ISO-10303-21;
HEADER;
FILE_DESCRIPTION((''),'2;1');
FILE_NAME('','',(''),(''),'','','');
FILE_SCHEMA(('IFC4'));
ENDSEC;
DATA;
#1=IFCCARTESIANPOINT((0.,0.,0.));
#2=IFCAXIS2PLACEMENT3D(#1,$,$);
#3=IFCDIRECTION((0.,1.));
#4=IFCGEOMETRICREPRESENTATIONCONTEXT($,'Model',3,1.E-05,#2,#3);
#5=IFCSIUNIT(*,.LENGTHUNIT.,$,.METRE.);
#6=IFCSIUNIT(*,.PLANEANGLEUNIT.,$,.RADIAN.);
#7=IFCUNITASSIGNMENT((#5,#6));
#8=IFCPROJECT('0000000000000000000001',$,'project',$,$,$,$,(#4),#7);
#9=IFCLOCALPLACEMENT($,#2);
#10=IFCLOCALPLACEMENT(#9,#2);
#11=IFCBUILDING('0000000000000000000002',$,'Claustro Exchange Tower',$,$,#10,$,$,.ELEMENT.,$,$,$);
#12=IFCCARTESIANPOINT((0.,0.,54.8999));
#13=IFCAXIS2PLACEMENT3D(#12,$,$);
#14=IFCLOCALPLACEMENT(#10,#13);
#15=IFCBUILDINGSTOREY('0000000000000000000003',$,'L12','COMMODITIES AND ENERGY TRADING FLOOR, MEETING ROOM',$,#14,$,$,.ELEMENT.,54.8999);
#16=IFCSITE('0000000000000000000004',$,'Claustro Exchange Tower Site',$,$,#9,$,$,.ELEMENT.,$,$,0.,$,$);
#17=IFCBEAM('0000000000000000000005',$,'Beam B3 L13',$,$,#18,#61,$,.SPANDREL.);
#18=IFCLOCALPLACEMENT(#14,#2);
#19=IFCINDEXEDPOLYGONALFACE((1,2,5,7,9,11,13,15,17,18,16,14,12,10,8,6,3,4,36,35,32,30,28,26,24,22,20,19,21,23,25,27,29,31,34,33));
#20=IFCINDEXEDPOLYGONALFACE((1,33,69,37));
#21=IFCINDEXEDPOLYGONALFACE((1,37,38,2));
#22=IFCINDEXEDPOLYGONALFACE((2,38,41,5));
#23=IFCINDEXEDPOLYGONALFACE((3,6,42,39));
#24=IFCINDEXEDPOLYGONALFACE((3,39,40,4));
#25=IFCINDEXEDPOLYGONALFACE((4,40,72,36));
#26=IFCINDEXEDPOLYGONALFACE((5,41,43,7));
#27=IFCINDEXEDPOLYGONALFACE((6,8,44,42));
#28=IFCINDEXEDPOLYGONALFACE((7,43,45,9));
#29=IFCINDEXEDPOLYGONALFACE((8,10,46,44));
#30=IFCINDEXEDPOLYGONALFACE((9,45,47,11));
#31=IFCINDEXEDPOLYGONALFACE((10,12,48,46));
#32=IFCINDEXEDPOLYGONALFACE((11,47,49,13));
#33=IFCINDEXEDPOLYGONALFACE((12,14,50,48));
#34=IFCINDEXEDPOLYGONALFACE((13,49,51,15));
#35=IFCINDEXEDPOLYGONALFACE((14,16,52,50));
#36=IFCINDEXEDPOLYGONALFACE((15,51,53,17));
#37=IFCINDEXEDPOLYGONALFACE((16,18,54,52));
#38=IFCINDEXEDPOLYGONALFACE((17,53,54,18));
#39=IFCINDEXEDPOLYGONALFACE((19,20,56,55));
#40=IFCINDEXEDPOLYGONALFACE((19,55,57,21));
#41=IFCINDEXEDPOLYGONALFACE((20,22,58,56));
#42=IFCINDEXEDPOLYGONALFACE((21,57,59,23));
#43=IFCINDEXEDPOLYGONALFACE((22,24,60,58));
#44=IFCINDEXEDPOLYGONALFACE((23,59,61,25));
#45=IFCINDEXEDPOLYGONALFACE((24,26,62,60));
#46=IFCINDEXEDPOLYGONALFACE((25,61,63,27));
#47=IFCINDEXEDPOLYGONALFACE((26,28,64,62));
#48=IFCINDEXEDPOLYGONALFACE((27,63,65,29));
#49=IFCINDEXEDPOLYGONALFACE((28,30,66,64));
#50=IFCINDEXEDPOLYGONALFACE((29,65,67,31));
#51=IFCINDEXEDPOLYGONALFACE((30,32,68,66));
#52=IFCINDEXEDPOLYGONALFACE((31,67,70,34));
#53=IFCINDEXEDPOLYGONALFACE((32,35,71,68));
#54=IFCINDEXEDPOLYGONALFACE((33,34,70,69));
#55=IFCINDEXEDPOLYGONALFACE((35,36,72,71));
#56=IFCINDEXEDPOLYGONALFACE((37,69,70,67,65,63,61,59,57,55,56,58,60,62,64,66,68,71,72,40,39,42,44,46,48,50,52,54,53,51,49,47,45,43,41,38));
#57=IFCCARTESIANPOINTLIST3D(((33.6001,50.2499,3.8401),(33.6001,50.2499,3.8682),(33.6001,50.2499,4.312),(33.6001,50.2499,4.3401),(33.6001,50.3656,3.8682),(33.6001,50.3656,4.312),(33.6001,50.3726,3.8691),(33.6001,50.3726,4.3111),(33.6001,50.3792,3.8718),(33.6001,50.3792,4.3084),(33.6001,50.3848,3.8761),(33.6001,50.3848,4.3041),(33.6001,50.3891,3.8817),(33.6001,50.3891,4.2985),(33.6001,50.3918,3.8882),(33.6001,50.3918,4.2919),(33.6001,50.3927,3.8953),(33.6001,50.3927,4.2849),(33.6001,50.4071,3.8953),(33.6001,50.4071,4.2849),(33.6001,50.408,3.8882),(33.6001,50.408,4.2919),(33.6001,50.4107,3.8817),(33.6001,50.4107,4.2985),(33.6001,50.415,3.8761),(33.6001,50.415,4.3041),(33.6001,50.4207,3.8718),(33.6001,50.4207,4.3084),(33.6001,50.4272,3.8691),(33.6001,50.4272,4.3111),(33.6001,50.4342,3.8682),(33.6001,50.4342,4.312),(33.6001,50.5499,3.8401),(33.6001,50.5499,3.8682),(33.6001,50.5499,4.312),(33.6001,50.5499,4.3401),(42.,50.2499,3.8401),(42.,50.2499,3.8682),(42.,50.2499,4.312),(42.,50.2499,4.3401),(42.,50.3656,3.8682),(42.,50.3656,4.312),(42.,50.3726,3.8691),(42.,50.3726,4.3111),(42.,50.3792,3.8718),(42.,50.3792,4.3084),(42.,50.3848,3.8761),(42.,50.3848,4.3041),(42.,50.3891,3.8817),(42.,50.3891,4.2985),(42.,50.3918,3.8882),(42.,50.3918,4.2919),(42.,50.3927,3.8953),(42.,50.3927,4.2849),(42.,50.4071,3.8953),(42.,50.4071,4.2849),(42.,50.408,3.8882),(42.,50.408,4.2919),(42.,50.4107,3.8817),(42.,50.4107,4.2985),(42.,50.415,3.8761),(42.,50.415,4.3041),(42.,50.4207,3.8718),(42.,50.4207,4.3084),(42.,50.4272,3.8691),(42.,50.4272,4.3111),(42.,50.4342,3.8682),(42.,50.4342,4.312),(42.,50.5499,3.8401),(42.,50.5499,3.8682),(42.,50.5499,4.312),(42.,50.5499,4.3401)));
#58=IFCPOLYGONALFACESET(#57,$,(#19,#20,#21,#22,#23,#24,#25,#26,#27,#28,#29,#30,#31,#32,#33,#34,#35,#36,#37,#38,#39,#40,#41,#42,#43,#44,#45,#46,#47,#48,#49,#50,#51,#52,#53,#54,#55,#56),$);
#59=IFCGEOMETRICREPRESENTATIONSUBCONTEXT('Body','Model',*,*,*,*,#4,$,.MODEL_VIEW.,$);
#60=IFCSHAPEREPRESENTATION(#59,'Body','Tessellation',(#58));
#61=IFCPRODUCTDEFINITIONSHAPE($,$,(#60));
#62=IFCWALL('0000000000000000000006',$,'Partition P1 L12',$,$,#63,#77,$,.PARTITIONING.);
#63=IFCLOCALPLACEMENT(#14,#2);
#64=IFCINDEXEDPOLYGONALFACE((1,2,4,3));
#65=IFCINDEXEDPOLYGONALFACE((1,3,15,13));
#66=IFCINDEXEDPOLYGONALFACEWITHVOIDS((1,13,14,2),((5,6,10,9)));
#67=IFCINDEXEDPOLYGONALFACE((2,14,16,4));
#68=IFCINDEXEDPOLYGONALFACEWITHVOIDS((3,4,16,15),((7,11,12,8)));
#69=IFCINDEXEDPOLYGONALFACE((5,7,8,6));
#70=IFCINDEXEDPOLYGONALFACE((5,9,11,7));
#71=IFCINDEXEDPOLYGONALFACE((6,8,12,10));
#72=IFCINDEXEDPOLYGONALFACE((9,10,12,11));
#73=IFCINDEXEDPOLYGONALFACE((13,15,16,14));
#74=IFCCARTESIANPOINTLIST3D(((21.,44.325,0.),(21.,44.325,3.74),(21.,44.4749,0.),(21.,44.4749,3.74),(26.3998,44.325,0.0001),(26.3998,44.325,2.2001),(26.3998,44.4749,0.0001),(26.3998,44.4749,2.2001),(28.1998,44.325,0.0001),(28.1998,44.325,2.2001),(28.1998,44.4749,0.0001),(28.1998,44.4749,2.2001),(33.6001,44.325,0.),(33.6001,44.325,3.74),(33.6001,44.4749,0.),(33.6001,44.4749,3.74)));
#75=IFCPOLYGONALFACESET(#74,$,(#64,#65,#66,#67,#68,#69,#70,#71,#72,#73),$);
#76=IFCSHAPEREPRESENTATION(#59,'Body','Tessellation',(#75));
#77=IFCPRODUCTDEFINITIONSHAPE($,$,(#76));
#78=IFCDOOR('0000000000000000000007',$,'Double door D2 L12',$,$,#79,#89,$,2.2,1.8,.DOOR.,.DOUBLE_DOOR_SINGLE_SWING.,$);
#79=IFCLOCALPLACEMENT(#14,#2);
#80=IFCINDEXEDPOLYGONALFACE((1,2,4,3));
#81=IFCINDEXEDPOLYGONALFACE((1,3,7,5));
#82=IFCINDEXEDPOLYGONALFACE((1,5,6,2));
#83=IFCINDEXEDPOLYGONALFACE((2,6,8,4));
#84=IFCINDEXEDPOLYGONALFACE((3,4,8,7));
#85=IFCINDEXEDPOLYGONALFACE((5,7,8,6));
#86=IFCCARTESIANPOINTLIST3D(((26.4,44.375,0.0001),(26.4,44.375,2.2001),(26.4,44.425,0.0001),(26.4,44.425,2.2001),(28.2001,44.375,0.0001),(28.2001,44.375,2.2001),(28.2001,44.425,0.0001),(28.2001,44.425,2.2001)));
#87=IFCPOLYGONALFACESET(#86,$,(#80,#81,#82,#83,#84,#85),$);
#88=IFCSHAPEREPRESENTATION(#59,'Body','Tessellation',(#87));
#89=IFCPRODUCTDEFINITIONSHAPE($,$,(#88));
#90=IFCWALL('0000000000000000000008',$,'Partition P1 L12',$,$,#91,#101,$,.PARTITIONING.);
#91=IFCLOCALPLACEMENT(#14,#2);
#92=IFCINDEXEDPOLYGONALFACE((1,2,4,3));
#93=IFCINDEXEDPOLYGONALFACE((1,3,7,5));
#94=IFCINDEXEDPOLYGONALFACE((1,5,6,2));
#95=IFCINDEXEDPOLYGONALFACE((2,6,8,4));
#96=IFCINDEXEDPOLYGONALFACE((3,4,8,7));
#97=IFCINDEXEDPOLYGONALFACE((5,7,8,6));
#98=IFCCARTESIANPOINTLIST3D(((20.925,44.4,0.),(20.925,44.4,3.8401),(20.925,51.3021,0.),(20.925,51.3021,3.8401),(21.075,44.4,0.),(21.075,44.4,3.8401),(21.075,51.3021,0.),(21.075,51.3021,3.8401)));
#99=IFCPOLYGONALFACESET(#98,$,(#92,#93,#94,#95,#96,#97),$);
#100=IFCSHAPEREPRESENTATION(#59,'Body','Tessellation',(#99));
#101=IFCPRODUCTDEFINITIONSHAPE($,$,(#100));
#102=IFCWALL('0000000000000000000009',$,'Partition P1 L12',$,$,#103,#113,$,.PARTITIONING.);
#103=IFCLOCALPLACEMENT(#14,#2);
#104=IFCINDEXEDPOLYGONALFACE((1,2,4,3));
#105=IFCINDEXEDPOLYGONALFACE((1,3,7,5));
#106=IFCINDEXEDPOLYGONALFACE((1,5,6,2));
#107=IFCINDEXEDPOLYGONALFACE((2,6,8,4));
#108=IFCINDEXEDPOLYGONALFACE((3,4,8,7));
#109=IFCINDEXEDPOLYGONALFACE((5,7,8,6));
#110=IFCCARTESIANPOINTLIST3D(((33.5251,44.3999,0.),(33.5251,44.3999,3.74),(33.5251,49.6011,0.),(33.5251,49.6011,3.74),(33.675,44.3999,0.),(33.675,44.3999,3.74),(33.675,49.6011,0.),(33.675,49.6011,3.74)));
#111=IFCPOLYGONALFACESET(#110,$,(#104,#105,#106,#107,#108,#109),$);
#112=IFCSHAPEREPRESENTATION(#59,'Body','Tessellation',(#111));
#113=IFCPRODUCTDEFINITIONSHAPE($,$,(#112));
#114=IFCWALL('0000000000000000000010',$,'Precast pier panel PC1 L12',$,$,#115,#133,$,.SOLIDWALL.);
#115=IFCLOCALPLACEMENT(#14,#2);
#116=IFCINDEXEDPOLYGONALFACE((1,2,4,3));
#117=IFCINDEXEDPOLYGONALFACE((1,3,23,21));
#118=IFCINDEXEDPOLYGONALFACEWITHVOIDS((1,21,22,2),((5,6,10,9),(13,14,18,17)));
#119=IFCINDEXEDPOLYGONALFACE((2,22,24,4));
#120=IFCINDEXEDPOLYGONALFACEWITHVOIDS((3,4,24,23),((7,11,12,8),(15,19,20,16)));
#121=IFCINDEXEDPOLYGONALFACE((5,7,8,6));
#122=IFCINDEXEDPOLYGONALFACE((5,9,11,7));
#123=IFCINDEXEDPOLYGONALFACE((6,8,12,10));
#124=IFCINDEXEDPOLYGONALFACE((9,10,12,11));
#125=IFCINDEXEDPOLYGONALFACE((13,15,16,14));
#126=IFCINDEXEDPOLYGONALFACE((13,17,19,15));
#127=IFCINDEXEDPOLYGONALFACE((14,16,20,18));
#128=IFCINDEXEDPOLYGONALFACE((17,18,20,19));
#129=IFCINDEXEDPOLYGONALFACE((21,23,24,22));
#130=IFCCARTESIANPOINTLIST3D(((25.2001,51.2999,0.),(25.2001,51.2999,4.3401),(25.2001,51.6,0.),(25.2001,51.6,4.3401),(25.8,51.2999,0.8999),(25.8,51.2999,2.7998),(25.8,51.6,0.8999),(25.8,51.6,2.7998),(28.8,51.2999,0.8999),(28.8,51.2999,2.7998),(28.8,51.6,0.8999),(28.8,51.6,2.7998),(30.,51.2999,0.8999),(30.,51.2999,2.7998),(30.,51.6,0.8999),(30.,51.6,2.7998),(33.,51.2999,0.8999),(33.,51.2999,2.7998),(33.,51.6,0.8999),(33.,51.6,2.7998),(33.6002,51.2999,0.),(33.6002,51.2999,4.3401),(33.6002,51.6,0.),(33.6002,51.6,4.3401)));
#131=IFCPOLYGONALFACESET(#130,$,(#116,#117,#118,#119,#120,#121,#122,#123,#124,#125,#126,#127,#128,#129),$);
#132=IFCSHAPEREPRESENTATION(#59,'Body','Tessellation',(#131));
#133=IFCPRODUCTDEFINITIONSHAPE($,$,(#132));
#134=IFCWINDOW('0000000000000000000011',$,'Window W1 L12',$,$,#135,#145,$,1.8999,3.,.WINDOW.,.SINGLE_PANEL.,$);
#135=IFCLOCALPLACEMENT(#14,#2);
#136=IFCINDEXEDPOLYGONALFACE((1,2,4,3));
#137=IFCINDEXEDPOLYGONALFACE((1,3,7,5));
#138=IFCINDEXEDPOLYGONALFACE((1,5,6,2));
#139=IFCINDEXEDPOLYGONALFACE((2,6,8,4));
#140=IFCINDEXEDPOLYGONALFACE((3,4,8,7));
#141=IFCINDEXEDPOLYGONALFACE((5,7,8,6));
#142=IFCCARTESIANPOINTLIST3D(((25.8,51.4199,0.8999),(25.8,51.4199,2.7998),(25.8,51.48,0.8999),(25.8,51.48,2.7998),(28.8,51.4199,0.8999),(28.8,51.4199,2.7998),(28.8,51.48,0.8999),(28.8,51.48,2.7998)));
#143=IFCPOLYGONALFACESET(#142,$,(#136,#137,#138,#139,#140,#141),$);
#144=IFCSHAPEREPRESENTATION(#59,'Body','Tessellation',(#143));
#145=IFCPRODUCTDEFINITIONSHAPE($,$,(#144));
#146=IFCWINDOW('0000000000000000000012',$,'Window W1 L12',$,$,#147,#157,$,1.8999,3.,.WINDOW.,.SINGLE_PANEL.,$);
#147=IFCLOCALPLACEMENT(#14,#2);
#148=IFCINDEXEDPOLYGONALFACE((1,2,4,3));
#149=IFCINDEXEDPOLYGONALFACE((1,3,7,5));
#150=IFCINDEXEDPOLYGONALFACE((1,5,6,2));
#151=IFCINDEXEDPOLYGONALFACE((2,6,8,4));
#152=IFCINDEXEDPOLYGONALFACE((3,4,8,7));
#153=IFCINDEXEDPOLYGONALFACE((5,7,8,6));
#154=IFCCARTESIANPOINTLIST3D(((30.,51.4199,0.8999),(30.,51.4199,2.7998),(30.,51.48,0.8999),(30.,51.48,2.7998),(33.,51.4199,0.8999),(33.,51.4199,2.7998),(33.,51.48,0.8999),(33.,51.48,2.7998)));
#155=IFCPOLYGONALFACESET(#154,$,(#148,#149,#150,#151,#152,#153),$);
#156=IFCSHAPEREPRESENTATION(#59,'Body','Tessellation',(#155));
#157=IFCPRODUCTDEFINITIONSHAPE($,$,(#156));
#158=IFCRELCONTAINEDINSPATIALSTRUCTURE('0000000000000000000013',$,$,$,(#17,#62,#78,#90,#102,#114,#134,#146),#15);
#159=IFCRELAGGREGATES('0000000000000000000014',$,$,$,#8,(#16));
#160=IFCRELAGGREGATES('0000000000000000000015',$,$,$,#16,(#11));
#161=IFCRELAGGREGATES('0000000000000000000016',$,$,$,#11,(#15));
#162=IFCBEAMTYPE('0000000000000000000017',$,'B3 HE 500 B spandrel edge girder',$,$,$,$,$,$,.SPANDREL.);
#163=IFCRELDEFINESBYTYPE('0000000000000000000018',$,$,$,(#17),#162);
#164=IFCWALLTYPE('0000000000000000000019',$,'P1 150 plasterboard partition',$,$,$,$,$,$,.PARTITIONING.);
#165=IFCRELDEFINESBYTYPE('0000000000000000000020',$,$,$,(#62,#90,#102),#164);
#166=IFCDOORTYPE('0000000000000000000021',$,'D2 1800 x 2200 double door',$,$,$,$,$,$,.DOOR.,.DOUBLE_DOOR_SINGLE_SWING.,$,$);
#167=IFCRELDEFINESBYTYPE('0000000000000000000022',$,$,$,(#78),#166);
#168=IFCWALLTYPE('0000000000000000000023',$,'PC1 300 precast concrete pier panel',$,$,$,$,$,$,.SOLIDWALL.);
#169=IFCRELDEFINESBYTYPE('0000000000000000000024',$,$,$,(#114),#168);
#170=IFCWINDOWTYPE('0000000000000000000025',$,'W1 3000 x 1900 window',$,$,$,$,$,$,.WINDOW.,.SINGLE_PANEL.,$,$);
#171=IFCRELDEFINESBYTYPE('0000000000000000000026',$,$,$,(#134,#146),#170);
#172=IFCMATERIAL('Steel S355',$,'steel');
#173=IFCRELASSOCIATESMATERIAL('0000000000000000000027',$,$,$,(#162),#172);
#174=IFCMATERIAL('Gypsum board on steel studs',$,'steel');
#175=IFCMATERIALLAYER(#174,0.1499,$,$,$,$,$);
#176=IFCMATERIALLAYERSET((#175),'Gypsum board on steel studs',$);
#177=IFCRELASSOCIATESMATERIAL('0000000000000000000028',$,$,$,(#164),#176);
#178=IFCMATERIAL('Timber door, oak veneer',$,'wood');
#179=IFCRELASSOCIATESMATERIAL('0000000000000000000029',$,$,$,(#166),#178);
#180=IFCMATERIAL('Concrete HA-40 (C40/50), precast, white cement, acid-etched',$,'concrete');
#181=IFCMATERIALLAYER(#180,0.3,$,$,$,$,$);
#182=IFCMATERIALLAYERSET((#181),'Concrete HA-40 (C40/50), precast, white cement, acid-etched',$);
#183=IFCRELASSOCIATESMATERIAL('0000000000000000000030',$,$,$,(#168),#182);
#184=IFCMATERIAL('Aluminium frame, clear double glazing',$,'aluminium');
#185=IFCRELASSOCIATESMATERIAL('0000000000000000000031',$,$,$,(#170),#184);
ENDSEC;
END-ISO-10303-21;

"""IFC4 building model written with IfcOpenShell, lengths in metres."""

from ifc_helpers import new_model, si_unit, direction, frame, frame_2d, origin, origin_2d, place, context, subcontext, project, spatial, rectangle, i_section, extrude, material, layer, layer_set, material_profile, profile_set, type_object, element, fill, save


model = new_model("IFC4")

# Units and contexts
model_context = context("Model", 3, precision=1e-05, world=origin(), true_north=direction((0.0, 1.0)))
body_context = subcontext(model_context, "Body", "Model", "MODEL_VIEW")
ifc_project = project(units=[si_unit("LENGTHUNIT", "METRE"), si_unit("PLANEANGLEUNIT", "RADIAN")], contexts=[model_context])

# Site, building, storey
site_placement = place(None, origin())
site = spatial("IfcSite", under=ifc_project, at=site_placement, Name="Claustro Exchange Tower Site", CompositionType="ELEMENT", RefElevation=0.0)
building_placement = place(site_placement, origin())
building = spatial("IfcBuilding", under=site, at=building_placement, Name="Claustro Exchange Tower", CompositionType="ELEMENT")
storey_placement = place(building_placement, frame((0.0, 0.0, 54.8999)))
storey = spatial("IfcBuildingStorey", under=building, at=storey_placement, Name="L12", Description="COMMODITIES AND ENERGY TRADING FLOOR, MEETING ROOM", CompositionType="ELEMENT", Elevation=54.8999)

# Beam
ifc_material_1 = material(Name="Steel S355", Category="steel")
ifc_material_profile_1 = material_profile(ifc_material_1, i_section(OverallWidth=0.3, OverallDepth=0.5, WebThickness=0.0144, FlangeThickness=0.0281, FilletRadius=0.0271, at=origin_2d()), Name="HE 500 B")
ifc_profile_set_1 = profile_set([ifc_material_profile_1], Name="Steel S355")
beam_type_1 = type_object("IfcBeamType", Name="B3 HE 500 B spandrel edge girder", PredefinedType="SPANDREL", material=ifc_profile_set_1)
beam_1_placement = place(storey_placement, frame((33.6001, 50.3999, 4.0901), z_axis=(1.0, 0.0, 0.0), x_axis=(0.0, 1.0, 0.0)))
element("IfcBeam", 1, at=beam_1_placement, inside=storey, type_object=beam_type_1, Name="Beam B3 L13", PredefinedType="SPANDREL", context=body_context, shape_type="SweptSolid", body=[
    extrude(i_section(OverallWidth=0.3, OverallDepth=0.5, WebThickness=0.0144, FlangeThickness=0.0281, FilletRadius=0.0271, at=origin_2d()), origin(), (0.0, 0.0, 1.0), 8.3999),
])

# Wall, opening, door
ifc_material_2 = material(Name="Gypsum board on steel studs", Category="steel")
ifc_layer_1 = layer(ifc_material_2, 0.1499)
ifc_layer_set_1 = layer_set([ifc_layer_1], Name="Gypsum board on steel studs")
wall_type_1 = type_object("IfcWallType", Name="P1 150 plasterboard partition", PredefinedType="PARTITIONING", material=ifc_layer_set_1)
wall_1_placement = place(storey_placement, frame((21.0, 44.3999, 0.0), z_axis=(0.0, 0.0, 1.0), x_axis=(1.0, 0.0, 0.0)))
wall_1 = element("IfcWall", 2, at=wall_1_placement, inside=storey, type_object=wall_type_1, Name="Partition P1 L12", PredefinedType="PARTITIONING", context=body_context, shape_type="SweptSolid", body=[
    extrude(rectangle(XDim=12.6001, YDim=0.1499, at=frame_2d((6.3, 0.0))), origin(), (0.0, 0.0, 1.0), 3.74),
])
opening_1_placement = place(wall_1_placement, frame((5.3999, 0.0, 0.0)))
opening_1 = element("IfcOpeningElement", 3, at=opening_1_placement, cuts=wall_1, PredefinedType="OPENING", context=body_context, shape_type="SweptSolid", body=[
    extrude(rectangle(XDim=1.8, YDim=2.2, at=frame_2d((0.8999, 1.1001))), frame((0.0, 0.085, 0.0), z_axis=(0.0, -1.0, 0.0), x_axis=(1.0, 0.0, 0.0)), (0.0, 0.0, 1.0), 0.1699),
])
ifc_material_3 = material(Name="Timber door, oak veneer", Category="wood")
door_type = type_object("IfcDoorType", Name="D2 1800 x 2200 double door", OperationType="DOUBLE_DOOR_SINGLE_SWING", PredefinedType="DOOR", material=ifc_material_3)
door_placement = place(opening_1_placement, frame((1.8, 0.0, 0.0), z_axis=(0.0, 0.0, 1.0), x_axis=(-1.0, 0.0, 0.0)))
door = element("IfcDoor", 4, at=door_placement, inside=storey, type_object=door_type, Name="Double door D2 L12", OperationType="DOUBLE_DOOR_SINGLE_SWING", OverallHeight=2.2, OverallWidth=1.8, PredefinedType="DOOR", context=body_context, shape_type="SweptSolid", body=[
    extrude(rectangle(XDim=1.8, YDim=2.2, at=frame_2d((0.8999, 1.1001))), frame((0.0, 0.0249, 0.0), z_axis=(0.0, -1.0, 0.0), x_axis=(1.0, 0.0, 0.0)), (0.0, 0.0, 1.0), 0.05),
])
fill(opening_1, door)

# Walls
wall_2_placement = place(storey_placement, frame((21.0, 44.3999, 0.0), z_axis=(0.0, 0.0, 1.0), x_axis=(0.0, 1.0, 0.0)))
element("IfcWall", 5, at=wall_2_placement, inside=storey, type_object=wall_type_1, Name="Partition P1 L12", PredefinedType="PARTITIONING", context=body_context, shape_type="SweptSolid", body=[
    extrude(rectangle(XDim=6.9021, YDim=0.1499, at=frame_2d((3.4512, 0.0))), origin(), (0.0, 0.0, 1.0), 3.8401),
])
wall_3_placement = place(storey_placement, frame((33.6001, 44.3999, 0.0), z_axis=(0.0, 0.0, 1.0), x_axis=(0.0, 1.0, 0.0)))
element("IfcWall", 6, at=wall_3_placement, inside=storey, type_object=wall_type_1, Name="Partition P1 L12", PredefinedType="PARTITIONING", context=body_context, shape_type="SweptSolid", body=[
    extrude(rectangle(XDim=5.2012, YDim=0.1499, at=frame_2d((2.6006, 0.0))), origin(), (0.0, 0.0, 1.0), 3.74),
])

# Wall, openings, windows
ifc_material_4 = material(Name="Concrete HA-40 (C40/50), precast, white cement, acid-etched", Category="concrete")
ifc_layer_2 = layer(ifc_material_4, 0.3)
ifc_layer_set_2 = layer_set([ifc_layer_2], Name="Concrete HA-40 (C40/50), precast, white cement, acid-etched")
wall_type_2 = type_object("IfcWallType", Name="PC1 300 precast concrete pier panel", PredefinedType="SOLIDWALL", material=ifc_layer_set_2)
wall_4_placement = place(storey_placement, frame((25.2, 51.45, 0.0), z_axis=(0.0, 0.0, 1.0), x_axis=(1.0, 0.0, 0.0)))
wall_4 = element("IfcWall", 7, at=wall_4_placement, inside=storey, type_object=wall_type_2, Name="Precast pier panel PC1 L12", PredefinedType="SOLIDWALL", context=body_context, shape_type="SweptSolid", body=[
    extrude(rectangle(XDim=8.4001, YDim=0.3, at=frame_2d((4.2002, 0.0))), origin(), (0.0, 0.0, 1.0), 4.3401),
])
opening_2_placement = place(wall_4_placement, frame((0.6001, 0.0, 0.8999)))
opening_2 = element("IfcOpeningElement", 8, at=opening_2_placement, cuts=wall_4, PredefinedType="OPENING", context=body_context, shape_type="SweptSolid", body=[
    extrude(rectangle(XDim=3.0, YDim=1.8999, at=frame_2d((1.5, 0.95))), frame((0.0, 0.1599, 0.0), z_axis=(0.0, -1.0, 0.0), x_axis=(1.0, 0.0, 0.0)), (0.0, 0.0, 1.0), 0.3201),
])
opening_3_placement = place(wall_4_placement, frame((4.8, 0.0, 0.8999)))
opening_3 = element("IfcOpeningElement", 9, at=opening_3_placement, cuts=wall_4, PredefinedType="OPENING", context=body_context, shape_type="SweptSolid", body=[
    extrude(rectangle(XDim=3.0, YDim=1.8999, at=frame_2d((1.5, 0.95))), frame((0.0, 0.1599, 0.0), z_axis=(0.0, -1.0, 0.0), x_axis=(1.0, 0.0, 0.0)), (0.0, 0.0, 1.0), 0.3201),
])
ifc_material_5 = material(Name="Aluminium frame, clear double glazing", Category="aluminium")
window_type = type_object("IfcWindowType", Name="W1 3000 x 1900 window", PartitioningType="SINGLE_PANEL", PredefinedType="WINDOW", material=ifc_material_5)
window_1_placement = place(opening_2_placement, origin())
window_1 = element("IfcWindow", 10, at=window_1_placement, inside=storey, type_object=window_type, Name="Window W1 L12", OverallHeight=1.8999, OverallWidth=3.0, PartitioningType="SINGLE_PANEL", PredefinedType="WINDOW", context=body_context, shape_type="SweptSolid", body=[
    extrude(rectangle(XDim=3.0, YDim=1.8999, at=frame_2d((1.5, 0.95))), frame((0.0, 0.03, 0.0), z_axis=(0.0, -1.0, 0.0), x_axis=(1.0, 0.0, 0.0)), (0.0, 0.0, 1.0), 0.0601),
])
fill(opening_2, window_1)
window_2_placement = place(opening_3_placement, origin())
window_2 = element("IfcWindow", 11, at=window_2_placement, inside=storey, type_object=window_type, Name="Window W1 L12", OverallHeight=1.8999, OverallWidth=3.0, PartitioningType="SINGLE_PANEL", PredefinedType="WINDOW", context=body_context, shape_type="SweptSolid", body=[
    extrude(rectangle(XDim=3.0, YDim=1.8999, at=frame_2d((1.5, 0.95))), frame((0.0, 0.03, 0.0), z_axis=(0.0, -1.0, 0.0), x_axis=(1.0, 0.0, 0.0)), (0.0, 0.0, 1.0), 0.0601),
])
fill(opening_3, window_2)

save(model, "model.ifc")
